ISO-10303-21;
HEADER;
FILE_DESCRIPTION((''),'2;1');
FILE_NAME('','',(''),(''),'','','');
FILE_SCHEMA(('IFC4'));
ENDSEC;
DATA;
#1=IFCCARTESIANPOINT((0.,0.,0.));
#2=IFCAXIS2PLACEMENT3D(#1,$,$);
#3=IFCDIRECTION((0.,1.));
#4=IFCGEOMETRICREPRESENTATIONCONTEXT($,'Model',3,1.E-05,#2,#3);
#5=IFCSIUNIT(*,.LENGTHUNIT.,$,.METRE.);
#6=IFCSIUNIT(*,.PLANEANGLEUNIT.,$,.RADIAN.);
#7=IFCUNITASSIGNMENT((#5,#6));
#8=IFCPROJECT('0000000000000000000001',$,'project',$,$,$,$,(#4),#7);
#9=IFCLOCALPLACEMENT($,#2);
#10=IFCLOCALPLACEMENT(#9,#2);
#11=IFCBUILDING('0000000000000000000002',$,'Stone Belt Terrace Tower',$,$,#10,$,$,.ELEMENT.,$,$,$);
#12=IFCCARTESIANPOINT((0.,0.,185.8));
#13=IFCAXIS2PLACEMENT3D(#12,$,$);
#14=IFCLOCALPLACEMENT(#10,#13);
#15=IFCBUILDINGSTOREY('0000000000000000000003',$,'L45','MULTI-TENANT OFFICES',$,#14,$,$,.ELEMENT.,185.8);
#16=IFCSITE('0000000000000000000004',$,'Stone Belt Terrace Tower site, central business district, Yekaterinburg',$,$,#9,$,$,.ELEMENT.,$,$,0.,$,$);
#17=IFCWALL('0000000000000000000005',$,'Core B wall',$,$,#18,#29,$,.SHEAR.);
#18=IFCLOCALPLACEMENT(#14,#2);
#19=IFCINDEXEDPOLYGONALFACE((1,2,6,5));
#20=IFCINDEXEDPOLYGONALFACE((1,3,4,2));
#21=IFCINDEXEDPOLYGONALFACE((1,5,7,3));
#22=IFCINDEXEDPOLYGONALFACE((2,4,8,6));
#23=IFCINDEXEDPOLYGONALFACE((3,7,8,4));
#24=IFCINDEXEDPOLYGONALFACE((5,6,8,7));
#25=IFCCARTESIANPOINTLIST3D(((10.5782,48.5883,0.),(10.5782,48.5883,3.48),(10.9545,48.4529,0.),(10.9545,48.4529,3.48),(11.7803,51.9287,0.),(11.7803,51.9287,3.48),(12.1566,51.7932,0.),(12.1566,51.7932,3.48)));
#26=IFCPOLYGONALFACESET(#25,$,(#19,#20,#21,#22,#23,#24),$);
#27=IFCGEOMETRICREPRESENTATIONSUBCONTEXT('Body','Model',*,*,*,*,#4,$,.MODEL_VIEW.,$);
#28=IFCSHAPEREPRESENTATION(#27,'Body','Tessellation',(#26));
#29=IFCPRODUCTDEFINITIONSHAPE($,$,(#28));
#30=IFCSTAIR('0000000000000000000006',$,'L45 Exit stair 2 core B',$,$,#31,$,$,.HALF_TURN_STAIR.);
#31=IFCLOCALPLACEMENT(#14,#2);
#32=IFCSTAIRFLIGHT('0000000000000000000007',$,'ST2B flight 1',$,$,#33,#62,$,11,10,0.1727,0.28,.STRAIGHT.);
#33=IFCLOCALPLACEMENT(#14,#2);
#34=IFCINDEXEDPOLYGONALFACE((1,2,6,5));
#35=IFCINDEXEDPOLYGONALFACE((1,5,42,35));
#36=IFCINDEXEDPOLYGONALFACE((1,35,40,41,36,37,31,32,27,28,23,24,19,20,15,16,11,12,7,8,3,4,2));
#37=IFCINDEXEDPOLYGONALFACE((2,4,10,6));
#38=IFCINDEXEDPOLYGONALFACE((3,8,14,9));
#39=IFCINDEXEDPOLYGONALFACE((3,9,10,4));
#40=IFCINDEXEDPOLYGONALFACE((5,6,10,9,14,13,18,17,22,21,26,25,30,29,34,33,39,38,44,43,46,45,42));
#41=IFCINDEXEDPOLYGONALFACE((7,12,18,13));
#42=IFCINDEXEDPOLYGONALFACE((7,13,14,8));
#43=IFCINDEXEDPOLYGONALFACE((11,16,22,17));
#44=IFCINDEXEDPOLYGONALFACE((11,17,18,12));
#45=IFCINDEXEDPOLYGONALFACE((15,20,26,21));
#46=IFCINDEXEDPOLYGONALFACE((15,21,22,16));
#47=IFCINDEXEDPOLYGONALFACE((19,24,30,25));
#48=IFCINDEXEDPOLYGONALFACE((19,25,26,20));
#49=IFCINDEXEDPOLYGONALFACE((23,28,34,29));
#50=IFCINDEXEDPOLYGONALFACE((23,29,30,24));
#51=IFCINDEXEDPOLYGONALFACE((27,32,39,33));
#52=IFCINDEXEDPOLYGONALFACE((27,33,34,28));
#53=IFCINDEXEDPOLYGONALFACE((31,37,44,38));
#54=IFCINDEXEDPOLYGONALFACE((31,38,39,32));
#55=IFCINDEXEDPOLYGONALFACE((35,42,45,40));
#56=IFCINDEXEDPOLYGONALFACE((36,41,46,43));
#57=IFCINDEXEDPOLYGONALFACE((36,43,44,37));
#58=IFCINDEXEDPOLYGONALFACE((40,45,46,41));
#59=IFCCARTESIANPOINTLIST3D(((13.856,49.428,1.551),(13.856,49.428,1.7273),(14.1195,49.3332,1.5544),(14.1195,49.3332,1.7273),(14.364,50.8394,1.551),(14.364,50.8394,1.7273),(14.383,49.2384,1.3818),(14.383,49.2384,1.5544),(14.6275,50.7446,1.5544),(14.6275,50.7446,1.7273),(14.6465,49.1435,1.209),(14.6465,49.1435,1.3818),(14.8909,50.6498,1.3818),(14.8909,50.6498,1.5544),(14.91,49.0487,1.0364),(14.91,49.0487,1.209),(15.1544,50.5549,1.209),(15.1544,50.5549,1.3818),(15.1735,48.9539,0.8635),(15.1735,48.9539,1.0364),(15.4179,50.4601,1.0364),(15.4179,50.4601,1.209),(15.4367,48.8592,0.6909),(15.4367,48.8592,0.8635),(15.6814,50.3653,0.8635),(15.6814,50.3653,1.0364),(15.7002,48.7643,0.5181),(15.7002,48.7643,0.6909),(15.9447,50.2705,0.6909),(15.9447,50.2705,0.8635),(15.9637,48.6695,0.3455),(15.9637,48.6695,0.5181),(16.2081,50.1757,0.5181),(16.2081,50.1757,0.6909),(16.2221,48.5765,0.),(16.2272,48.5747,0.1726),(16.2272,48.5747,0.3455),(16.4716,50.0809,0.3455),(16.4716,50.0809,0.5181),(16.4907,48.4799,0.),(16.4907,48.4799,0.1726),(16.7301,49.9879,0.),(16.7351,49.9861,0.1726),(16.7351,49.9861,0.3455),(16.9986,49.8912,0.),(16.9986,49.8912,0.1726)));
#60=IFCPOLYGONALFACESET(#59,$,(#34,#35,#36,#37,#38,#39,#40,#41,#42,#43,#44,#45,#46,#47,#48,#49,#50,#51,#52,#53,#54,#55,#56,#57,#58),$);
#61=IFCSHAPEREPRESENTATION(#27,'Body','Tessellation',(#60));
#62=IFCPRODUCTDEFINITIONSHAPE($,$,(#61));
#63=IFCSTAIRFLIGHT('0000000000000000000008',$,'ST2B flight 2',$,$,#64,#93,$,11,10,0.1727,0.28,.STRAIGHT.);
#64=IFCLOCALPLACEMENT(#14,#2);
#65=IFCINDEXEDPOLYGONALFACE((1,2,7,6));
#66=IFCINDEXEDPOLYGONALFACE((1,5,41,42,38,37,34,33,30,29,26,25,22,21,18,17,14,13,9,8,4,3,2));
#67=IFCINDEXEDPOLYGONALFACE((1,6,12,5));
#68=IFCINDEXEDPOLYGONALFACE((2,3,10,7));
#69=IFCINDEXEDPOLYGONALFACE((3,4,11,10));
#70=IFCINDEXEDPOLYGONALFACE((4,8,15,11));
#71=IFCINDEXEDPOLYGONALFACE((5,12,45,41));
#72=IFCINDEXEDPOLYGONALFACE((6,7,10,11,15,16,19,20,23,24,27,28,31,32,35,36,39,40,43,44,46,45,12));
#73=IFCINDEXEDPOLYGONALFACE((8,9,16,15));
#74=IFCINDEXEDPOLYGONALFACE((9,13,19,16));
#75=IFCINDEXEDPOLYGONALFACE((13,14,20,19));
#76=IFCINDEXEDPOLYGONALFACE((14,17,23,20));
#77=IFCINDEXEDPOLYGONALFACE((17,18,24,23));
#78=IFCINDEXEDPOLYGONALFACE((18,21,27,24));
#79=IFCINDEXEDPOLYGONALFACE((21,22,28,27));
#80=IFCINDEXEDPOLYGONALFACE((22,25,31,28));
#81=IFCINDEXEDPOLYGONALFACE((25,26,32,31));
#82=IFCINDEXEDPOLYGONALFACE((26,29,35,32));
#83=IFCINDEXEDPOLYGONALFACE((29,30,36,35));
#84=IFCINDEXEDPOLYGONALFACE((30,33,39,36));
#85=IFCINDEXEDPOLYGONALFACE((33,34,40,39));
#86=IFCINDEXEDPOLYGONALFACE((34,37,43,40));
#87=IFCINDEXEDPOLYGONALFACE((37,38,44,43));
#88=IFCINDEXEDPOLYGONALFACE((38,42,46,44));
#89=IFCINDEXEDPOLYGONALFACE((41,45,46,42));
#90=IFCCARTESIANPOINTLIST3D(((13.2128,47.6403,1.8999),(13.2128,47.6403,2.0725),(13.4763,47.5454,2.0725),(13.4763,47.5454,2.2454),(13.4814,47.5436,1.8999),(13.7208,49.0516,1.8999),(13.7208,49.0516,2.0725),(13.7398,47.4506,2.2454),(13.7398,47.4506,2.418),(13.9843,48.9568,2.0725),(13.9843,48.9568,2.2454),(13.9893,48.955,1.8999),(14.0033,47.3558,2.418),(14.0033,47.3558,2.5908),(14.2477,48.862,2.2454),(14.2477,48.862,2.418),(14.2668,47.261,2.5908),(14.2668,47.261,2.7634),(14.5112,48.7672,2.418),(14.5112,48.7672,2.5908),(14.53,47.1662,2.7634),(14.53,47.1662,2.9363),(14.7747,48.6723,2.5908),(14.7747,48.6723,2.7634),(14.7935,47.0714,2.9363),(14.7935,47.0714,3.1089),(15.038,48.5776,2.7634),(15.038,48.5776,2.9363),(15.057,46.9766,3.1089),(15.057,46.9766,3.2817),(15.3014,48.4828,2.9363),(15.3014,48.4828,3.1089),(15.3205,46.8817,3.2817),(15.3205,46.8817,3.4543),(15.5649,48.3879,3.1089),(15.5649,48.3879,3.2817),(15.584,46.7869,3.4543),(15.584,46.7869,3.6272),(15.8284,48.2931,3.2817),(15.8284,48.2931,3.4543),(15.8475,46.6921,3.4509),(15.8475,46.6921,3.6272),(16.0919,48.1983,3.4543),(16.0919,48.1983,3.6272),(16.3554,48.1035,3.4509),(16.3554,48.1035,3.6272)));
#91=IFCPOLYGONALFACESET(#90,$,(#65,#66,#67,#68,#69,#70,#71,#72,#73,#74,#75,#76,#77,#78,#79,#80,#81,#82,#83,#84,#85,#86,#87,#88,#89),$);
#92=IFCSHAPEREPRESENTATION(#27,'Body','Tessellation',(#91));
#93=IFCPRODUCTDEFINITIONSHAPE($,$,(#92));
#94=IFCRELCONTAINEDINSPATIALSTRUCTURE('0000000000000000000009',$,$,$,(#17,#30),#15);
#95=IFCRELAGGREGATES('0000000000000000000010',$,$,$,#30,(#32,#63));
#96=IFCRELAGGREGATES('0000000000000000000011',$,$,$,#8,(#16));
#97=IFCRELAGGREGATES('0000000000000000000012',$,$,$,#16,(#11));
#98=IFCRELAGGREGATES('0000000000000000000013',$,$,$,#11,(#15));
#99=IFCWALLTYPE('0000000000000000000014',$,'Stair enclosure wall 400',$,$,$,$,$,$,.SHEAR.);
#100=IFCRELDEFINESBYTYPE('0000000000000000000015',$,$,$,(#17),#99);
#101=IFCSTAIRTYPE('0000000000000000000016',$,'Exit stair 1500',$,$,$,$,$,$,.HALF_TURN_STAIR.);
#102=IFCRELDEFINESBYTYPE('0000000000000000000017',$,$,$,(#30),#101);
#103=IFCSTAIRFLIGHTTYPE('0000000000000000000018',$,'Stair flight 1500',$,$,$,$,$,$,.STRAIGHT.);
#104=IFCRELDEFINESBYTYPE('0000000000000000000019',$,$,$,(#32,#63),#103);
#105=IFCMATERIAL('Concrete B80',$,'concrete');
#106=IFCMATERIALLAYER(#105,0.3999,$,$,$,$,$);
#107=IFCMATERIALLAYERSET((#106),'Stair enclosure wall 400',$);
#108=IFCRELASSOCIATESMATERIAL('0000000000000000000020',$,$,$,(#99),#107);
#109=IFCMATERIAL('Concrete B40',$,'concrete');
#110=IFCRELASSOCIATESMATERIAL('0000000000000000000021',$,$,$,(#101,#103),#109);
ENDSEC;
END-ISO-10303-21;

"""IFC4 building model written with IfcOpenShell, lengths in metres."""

from ifc_helpers import new_model, si_unit, direction, frame, frame_2d, origin, place, context, subcontext, project, spatial, polyline, rectangle, outline, extrude, material, layer, layer_set, type_object, element, aggregate, save


model = new_model("IFC4")

# Units and contexts
model_context = context("Model", 3, precision=1e-05, world=origin(), true_north=direction((0.0, 1.0)))
body_context = subcontext(model_context, "Body", "Model", "MODEL_VIEW")
ifc_project = project(units=[si_unit("LENGTHUNIT", "METRE"), si_unit("PLANEANGLEUNIT", "RADIAN")], contexts=[model_context])

# Site, building, storey
site_placement = place(None, origin())
site = spatial("IfcSite", under=ifc_project, at=site_placement, Name="Stone Belt Terrace Tower site, central business district, Yekaterinburg", CompositionType="ELEMENT", RefElevation=0.0)
building_placement = place(site_placement, origin())
building = spatial("IfcBuilding", under=site, at=building_placement, Name="Stone Belt Terrace Tower", CompositionType="ELEMENT")
storey_placement = place(building_placement, frame((0.0, 0.0, 185.8)))
storey = spatial("IfcBuildingStorey", under=building, at=storey_placement, Name="L45", Description="MULTI-TENANT OFFICES", CompositionType="ELEMENT", Elevation=185.8)

# Shared definitions
ifc_material_1 = material(Name="Concrete B80", Category="concrete")

# Wall
ifc_layer_1 = layer(ifc_material_1, 0.3999)
ifc_layer_set_1 = layer_set([ifc_layer_1], Name="Stair enclosure wall 400")
wall_type_1 = type_object("IfcWallType", Name="Stair enclosure wall 400", PredefinedType="SHEAR", material=ifc_layer_set_1)
wall_1_placement = place(storey_placement, frame((10.7664, 48.5208, 0.0), z_axis=(0.0, 0.0, 1.0), x_axis=(0.338627, 0.940921, 0.0)))
element("IfcWall", 1, at=wall_1_placement, inside=storey, type_object=wall_type_1, Name="Core B wall", PredefinedType="SHEAR", context=body_context, shape_type="SweptSolid", body=[
    extrude(rectangle(XDim=3.55, YDim=0.3999, at=frame_2d((1.7749, 0.0))), origin(), (0.0, 0.0, 1.0), 3.48),
])

# Stair, stair flights
ifc_material_2 = material(Name="Concrete B40", Category="concrete")
stair_type = type_object("IfcStairType", Name="Exit stair 1500", PredefinedType="HALF_TURN_STAIR", material=ifc_material_2)
stair_placement = place(storey_placement, origin())
stair = element("IfcStair", 2, at=stair_placement, inside=storey, type_object=stair_type, Name="L45 Exit stair 2 core B", PredefinedType="HALF_TURN_STAIR")
stair_flight_type = type_object("IfcStairFlightType", Name="Stair flight 1500", PredefinedType="STRAIGHT", material=ifc_material_2)
stair_flight_1_placement = place(storey_placement, frame((16.7446, 49.1855, 0.0), z_axis=(0.0, 0.0, 1.0), x_axis=(-0.940922, 0.338624, 0.0)))
stair_flight_1 = element("IfcStairFlight", 3, at=stair_flight_1_placement, type_object=stair_flight_type, Name="ST2B flight 1", NumberOfRisers=11, NumberOfTreads=10, PredefinedType="STRAIGHT", RiserHeight=0.1727, TreadLength=0.28, context=body_context, shape_type="SweptSolid", body=[
    extrude(outline(polyline([(0.0, 0.0), (0.0, 0.1726), (0.28, 0.1726), (0.28, 0.3455), (0.5601, 0.3455), (0.5601, 0.5181), (0.8401, 0.5181), (0.8401, 0.6909), (1.1201, 0.6909), (1.1201, 0.8635), (1.3999, 0.8635), (1.3999, 1.0364), (1.6799, 1.0364), (1.6799, 1.209), (1.96, 1.209), (1.96, 1.3818), (2.24, 1.3818), (2.24, 1.5544), (2.52, 1.5544), (2.52, 1.7273), (2.8, 1.7273), (2.8, 1.8999), (2.8, 1.551), (0.2854, 0.0), (0.0, 0.0)])), frame((0.0, 0.75, 0.0), z_axis=(0.0, -1.0, 0.0), x_axis=(1.0, 0.0, 0.0)), (0.0, 0.0, 1.0), 1.5),
])
stair_flight_2_placement = place(storey_placement, frame((13.4668, 48.3459, 1.8999), z_axis=(0.0, 0.0, 1.0), x_axis=(0.940922, -0.338624, 0.0)))
stair_flight_2 = element("IfcStairFlight", 4, at=stair_flight_2_placement, type_object=stair_flight_type, Name="ST2B flight 2", NumberOfRisers=11, NumberOfTreads=10, PredefinedType="STRAIGHT", RiserHeight=0.1727, TreadLength=0.28, context=body_context, shape_type="SweptSolid", body=[
    extrude(outline(polyline([(0.0, 0.0), (0.0, 0.1726), (0.28, 0.1726), (0.28, 0.3455), (0.5601, 0.3455), (0.5601, 0.5181), (0.8401, 0.5181), (0.8401, 0.6909), (1.1201, 0.6909), (1.1201, 0.8635), (1.3999, 0.8635), (1.3999, 1.0364), (1.6799, 1.0364), (1.6799, 1.209), (1.96, 1.209), (1.96, 1.3818), (2.24, 1.3818), (2.24, 1.5544), (2.52, 1.5544), (2.52, 1.7273), (2.8, 1.7273), (2.8, 1.8999), (2.8, 1.551), (0.2854, 0.0), (0.0, 0.0)])), frame((0.0, 0.75, 0.0), z_axis=(0.0, -1.0, 0.0), x_axis=(1.0, 0.0, 0.0)), (0.0, 0.0, 1.0), 1.5),
])
aggregate(stair, [stair_flight_1, stair_flight_2])

save(model, "model.ifc")
